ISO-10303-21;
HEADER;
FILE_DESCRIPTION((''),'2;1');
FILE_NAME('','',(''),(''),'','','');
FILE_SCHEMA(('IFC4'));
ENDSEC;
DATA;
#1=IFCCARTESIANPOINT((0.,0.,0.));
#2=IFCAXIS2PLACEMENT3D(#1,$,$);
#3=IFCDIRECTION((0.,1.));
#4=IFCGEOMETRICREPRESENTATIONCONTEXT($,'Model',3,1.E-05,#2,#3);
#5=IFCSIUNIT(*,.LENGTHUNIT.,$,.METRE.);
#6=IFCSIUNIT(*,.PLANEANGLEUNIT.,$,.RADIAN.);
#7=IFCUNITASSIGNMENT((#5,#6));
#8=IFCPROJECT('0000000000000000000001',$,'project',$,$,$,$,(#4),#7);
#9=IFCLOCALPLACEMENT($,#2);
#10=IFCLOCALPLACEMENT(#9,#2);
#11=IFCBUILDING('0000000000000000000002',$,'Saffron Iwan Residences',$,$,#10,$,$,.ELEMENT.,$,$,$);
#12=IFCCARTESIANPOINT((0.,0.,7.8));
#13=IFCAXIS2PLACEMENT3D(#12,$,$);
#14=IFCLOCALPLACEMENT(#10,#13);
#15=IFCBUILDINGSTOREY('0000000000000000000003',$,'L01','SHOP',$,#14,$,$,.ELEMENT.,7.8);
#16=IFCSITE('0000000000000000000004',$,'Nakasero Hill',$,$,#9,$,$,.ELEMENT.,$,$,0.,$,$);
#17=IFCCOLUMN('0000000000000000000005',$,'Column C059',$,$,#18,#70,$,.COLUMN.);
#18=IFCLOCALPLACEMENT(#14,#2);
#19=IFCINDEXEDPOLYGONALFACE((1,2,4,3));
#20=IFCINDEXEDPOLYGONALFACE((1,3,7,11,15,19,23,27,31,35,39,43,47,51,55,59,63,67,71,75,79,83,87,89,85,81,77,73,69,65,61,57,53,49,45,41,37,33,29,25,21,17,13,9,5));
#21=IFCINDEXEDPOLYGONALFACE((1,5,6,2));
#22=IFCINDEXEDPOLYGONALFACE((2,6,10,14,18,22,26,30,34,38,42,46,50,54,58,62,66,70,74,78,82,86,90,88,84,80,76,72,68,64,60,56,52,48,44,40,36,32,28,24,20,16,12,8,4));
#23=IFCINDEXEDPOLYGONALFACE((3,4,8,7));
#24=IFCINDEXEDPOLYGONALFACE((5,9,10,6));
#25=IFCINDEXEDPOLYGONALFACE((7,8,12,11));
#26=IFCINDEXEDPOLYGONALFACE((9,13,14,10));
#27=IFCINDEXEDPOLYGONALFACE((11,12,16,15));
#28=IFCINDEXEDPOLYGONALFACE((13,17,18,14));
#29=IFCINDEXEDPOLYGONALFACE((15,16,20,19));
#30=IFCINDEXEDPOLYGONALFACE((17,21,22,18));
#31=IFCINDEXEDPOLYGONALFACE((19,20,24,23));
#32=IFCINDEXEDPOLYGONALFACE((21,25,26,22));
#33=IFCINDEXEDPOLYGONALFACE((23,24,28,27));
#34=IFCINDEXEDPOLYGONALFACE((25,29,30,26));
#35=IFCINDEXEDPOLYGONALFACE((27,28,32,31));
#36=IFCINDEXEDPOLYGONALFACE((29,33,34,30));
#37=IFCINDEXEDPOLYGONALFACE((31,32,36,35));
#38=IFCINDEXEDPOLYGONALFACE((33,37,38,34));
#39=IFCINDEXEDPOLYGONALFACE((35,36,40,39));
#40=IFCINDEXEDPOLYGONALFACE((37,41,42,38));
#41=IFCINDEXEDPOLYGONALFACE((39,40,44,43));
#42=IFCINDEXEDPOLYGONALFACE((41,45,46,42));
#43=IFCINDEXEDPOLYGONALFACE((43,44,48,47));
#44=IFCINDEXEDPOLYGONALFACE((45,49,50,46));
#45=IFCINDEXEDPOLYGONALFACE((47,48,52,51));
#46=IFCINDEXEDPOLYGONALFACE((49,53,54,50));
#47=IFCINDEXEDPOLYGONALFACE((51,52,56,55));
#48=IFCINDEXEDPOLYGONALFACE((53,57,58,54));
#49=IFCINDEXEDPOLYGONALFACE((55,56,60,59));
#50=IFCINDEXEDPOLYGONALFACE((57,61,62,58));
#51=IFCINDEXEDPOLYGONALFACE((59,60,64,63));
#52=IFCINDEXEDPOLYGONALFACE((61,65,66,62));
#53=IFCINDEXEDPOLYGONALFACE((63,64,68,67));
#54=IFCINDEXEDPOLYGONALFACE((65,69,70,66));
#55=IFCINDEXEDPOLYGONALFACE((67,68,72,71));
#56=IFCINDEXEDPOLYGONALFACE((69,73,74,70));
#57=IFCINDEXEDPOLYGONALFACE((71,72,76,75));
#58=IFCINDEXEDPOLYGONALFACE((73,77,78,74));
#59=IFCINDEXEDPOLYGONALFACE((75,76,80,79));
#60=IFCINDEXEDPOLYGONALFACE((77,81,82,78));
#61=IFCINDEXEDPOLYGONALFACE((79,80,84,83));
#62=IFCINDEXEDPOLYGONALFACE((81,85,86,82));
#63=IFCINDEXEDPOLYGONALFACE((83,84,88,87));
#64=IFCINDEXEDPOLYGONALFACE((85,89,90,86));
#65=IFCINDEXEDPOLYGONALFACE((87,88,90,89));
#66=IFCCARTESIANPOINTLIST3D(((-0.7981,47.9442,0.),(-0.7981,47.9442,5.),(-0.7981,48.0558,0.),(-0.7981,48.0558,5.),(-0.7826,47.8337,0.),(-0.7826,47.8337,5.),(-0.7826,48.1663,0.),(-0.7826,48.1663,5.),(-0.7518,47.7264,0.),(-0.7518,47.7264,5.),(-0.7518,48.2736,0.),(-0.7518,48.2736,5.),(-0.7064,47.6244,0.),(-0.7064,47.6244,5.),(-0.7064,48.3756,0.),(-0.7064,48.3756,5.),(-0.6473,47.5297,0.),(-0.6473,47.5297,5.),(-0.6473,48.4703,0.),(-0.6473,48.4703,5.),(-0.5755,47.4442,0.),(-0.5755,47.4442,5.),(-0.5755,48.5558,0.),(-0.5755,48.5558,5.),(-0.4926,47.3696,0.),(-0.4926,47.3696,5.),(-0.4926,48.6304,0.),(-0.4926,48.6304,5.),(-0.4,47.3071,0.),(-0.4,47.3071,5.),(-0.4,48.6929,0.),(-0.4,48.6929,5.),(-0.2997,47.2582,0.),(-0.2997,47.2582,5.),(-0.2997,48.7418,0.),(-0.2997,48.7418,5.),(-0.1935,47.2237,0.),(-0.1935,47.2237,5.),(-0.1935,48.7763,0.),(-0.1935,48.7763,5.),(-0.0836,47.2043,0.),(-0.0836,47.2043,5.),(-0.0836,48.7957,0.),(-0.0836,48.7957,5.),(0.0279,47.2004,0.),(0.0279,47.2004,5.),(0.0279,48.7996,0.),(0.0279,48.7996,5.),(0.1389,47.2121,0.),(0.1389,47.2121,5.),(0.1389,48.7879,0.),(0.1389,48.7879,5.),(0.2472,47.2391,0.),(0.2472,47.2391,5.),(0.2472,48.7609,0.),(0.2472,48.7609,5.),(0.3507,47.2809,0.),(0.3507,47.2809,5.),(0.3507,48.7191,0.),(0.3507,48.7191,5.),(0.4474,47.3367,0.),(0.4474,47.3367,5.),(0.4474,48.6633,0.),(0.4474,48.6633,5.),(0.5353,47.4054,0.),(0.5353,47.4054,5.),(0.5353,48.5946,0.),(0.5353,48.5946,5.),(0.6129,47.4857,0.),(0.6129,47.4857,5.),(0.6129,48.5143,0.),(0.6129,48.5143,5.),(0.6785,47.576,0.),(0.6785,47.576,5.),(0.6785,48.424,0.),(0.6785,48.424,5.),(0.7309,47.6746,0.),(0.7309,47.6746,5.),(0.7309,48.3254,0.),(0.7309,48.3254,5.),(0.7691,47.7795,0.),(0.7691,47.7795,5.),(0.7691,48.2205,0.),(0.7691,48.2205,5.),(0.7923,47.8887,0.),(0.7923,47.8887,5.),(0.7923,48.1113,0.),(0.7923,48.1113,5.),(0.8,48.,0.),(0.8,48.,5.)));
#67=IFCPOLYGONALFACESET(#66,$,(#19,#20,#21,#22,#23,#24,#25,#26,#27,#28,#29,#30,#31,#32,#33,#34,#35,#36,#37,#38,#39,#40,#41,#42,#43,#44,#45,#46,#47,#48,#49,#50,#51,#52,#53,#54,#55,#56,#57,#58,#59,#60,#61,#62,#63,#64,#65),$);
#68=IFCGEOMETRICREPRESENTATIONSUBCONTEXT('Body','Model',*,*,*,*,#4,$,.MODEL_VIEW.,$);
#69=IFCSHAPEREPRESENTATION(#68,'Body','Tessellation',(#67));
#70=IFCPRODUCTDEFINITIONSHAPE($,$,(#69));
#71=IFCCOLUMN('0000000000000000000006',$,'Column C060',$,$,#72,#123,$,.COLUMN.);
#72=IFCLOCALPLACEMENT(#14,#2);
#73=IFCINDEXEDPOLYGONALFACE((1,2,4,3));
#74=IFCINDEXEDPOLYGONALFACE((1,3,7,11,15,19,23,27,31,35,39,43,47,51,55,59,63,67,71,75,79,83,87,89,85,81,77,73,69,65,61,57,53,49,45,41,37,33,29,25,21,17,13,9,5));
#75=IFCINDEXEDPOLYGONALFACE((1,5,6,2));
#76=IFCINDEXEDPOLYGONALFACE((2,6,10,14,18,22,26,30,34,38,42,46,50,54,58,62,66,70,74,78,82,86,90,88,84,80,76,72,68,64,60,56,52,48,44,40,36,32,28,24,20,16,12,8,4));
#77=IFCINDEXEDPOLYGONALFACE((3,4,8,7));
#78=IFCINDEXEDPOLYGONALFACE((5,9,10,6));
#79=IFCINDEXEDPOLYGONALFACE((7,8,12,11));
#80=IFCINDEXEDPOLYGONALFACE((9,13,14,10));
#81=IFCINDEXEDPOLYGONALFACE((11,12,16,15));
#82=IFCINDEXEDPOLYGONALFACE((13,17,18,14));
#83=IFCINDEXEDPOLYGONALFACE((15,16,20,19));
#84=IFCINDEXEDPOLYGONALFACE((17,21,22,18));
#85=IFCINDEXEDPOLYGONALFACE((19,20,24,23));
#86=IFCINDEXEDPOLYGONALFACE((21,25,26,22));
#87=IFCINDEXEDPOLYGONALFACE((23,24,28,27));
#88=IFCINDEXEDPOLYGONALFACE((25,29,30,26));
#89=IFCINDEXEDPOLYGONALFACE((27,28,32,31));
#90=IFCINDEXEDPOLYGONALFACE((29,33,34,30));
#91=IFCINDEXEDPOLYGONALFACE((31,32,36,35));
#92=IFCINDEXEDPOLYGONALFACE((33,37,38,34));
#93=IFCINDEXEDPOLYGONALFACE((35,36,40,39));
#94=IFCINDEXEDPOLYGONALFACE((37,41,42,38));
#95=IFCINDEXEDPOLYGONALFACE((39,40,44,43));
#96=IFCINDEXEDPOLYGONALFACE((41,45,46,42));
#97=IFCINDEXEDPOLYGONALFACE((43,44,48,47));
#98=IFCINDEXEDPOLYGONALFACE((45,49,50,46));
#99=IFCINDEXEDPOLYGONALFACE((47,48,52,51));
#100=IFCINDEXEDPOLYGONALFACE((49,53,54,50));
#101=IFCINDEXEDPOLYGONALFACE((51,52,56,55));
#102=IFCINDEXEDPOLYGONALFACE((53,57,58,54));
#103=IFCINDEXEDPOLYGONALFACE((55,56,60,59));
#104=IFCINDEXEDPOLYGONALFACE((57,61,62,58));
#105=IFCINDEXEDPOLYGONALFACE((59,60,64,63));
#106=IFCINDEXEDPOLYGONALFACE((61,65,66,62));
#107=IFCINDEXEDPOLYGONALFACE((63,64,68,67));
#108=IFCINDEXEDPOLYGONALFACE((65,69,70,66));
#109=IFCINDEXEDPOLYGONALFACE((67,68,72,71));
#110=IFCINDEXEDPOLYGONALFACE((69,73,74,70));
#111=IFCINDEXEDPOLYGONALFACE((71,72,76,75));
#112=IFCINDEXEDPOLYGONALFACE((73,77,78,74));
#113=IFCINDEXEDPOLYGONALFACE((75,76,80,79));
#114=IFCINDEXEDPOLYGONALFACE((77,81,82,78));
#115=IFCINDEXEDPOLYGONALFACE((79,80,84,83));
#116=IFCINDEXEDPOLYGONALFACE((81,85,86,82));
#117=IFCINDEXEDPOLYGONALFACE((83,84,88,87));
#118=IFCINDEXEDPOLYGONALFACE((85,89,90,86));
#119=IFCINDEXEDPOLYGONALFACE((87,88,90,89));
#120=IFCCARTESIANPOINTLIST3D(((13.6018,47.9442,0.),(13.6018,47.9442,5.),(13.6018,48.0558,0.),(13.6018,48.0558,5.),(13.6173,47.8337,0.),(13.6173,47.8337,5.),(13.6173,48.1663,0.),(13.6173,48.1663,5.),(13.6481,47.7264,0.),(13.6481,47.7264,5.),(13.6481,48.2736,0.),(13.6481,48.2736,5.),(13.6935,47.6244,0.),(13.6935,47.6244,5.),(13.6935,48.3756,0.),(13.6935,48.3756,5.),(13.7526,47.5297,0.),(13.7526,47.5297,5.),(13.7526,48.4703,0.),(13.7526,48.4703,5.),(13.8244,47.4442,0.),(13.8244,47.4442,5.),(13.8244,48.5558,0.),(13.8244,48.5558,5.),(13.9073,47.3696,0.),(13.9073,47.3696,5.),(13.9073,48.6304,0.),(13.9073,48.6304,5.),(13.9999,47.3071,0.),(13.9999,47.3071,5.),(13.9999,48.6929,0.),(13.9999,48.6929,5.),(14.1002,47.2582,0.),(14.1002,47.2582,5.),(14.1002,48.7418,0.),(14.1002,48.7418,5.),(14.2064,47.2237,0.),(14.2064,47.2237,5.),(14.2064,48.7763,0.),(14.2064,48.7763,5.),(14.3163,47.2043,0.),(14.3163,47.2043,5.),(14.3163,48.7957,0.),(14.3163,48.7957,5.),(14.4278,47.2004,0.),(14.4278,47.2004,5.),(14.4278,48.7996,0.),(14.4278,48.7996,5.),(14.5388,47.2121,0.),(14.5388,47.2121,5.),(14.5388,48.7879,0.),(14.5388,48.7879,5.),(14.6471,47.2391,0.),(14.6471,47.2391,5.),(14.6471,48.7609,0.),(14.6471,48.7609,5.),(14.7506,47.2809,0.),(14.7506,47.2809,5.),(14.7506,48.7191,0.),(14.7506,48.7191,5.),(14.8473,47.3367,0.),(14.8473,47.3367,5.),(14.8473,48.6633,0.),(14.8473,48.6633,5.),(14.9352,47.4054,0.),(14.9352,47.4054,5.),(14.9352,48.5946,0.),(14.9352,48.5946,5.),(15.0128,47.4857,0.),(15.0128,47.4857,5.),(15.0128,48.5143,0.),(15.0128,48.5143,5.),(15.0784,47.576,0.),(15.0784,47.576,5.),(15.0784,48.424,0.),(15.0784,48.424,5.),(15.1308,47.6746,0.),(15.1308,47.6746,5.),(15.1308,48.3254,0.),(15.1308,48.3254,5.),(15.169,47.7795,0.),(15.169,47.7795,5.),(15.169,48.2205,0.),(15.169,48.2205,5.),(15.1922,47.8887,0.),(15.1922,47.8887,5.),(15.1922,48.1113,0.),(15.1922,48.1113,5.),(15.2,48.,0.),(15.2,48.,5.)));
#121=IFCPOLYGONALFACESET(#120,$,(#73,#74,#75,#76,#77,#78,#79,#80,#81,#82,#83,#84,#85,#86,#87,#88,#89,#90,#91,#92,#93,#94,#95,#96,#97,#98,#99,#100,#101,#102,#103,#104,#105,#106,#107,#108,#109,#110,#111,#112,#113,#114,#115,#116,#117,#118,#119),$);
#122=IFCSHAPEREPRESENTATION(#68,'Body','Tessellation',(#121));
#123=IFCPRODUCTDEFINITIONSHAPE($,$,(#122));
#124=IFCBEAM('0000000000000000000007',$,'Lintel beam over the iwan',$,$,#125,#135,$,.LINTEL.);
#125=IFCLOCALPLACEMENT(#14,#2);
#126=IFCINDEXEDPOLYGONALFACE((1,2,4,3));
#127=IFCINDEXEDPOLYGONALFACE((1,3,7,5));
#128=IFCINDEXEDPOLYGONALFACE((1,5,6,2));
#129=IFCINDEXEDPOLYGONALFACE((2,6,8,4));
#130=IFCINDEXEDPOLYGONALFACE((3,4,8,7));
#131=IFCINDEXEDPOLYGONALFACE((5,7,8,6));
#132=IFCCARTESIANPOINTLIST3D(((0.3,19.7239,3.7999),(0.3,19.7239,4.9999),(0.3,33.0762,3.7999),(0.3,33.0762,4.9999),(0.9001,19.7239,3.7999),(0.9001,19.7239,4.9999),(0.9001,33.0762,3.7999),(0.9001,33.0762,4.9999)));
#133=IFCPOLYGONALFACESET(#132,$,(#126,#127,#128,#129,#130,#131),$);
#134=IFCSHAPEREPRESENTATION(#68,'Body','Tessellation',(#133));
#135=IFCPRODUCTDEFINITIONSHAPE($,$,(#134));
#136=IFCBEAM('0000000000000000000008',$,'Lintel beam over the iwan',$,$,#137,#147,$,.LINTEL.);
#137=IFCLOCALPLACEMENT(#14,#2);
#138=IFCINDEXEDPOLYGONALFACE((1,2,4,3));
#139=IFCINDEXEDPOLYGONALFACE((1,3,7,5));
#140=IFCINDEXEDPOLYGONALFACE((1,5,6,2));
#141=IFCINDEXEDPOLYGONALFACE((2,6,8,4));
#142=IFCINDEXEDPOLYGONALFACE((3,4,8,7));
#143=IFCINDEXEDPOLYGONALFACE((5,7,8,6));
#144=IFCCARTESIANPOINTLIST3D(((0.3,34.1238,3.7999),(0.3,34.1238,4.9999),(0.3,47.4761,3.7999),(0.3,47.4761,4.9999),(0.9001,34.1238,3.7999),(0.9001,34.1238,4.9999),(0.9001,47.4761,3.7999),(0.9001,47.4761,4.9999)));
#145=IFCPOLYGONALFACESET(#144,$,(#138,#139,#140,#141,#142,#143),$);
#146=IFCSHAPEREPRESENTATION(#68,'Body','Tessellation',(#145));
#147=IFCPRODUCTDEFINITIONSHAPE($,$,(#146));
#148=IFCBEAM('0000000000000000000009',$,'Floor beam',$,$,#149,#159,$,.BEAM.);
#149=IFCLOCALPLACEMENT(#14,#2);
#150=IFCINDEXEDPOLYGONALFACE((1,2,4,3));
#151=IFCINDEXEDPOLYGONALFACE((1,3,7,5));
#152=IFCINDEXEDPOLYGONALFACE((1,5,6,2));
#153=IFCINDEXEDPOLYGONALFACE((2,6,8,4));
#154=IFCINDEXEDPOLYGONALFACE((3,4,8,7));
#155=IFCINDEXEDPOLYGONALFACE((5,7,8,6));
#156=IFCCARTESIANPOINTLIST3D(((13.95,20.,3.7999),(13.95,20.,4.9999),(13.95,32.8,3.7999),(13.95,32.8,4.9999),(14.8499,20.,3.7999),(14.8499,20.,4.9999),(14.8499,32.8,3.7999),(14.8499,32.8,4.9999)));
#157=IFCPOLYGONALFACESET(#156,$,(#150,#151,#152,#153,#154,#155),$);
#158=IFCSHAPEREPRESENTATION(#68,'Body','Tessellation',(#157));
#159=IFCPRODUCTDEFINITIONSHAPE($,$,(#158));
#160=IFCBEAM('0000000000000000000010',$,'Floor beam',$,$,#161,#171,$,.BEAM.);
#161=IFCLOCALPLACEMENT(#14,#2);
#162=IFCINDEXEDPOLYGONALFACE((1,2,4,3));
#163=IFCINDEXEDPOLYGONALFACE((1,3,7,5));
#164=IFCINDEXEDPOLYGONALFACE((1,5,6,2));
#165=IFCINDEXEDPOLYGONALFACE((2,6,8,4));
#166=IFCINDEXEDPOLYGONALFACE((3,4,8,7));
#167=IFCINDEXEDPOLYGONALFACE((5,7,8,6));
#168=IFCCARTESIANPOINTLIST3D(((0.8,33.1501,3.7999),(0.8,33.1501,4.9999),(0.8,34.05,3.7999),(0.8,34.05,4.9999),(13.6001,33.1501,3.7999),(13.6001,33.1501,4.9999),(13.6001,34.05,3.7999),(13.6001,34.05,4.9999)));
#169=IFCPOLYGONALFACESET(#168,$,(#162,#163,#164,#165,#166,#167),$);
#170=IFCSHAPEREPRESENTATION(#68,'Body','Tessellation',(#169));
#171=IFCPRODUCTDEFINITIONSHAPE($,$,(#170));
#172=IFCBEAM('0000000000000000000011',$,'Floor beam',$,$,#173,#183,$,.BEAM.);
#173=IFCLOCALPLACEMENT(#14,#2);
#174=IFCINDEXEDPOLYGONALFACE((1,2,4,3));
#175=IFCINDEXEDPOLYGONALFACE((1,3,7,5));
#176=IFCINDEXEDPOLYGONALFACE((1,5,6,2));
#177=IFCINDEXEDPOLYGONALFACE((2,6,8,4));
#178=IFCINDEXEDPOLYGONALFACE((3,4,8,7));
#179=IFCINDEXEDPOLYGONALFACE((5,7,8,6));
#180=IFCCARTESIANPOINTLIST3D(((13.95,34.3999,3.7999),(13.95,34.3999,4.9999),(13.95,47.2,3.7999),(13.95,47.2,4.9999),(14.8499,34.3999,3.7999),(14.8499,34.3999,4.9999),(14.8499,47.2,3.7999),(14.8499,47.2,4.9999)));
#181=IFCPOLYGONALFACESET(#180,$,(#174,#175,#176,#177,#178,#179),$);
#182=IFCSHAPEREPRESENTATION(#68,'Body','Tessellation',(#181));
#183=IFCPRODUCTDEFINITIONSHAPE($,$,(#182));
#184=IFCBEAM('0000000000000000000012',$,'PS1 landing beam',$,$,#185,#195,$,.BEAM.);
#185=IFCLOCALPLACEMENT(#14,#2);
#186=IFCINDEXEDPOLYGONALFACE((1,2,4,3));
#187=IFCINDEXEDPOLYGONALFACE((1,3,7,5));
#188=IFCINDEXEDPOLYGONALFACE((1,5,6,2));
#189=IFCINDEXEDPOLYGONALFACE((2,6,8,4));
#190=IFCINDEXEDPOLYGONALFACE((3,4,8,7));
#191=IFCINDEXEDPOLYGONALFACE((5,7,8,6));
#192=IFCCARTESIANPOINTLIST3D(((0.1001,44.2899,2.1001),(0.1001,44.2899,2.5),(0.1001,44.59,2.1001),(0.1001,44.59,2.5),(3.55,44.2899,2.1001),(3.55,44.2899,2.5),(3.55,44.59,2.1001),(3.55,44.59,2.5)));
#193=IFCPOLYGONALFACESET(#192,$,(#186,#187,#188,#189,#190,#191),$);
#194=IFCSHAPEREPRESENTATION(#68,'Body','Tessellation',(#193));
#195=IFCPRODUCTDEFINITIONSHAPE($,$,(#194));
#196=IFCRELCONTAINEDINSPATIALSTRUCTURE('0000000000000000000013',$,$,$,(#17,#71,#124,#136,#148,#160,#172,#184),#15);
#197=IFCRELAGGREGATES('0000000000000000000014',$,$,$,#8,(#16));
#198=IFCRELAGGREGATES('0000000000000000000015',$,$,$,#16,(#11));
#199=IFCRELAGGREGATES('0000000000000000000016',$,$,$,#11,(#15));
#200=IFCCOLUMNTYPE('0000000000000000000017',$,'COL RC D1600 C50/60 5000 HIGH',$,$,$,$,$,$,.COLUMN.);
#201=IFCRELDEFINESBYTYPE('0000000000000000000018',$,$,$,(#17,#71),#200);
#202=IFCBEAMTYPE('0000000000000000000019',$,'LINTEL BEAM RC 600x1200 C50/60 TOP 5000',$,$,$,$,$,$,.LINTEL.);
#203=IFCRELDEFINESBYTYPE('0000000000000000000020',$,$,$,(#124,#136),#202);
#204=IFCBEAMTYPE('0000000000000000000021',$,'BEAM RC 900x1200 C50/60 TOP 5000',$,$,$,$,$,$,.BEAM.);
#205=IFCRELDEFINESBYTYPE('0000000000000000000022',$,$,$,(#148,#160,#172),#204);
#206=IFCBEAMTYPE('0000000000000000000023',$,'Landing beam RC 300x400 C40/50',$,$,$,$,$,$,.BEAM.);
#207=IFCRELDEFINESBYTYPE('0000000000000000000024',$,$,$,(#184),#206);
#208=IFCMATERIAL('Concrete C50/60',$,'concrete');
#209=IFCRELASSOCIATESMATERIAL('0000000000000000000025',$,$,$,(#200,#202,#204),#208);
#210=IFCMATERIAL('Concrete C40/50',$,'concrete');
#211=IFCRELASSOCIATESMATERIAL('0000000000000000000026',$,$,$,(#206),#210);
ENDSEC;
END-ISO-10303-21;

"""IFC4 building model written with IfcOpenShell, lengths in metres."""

from ifc_helpers import new_model, si_unit, direction, frame, origin, origin_2d, place, context, subcontext, project, spatial, rectangle, circle, extrude, source, transform, mapped, material, material_profile, profile_set, type_object, element, save


model = new_model("IFC4")

# Units and contexts
model_context = context("Model", 3, precision=1e-05, world=origin(), true_north=direction((0.0, 1.0)))
body_context = subcontext(model_context, "Body", "Model", "MODEL_VIEW")
ifc_project = project(units=[si_unit("LENGTHUNIT", "METRE"), si_unit("PLANEANGLEUNIT", "RADIAN")], contexts=[model_context])

# Site, building, storey
site_placement = place(None, origin())
site = spatial("IfcSite", under=ifc_project, at=site_placement, Name="Nakasero Hill", CompositionType="ELEMENT", RefElevation=0.0)
building_placement = place(site_placement, origin())
building = spatial("IfcBuilding", under=site, at=building_placement, Name="Saffron Iwan Residences", CompositionType="ELEMENT")
storey_placement = place(building_placement, frame((0.0, 0.0, 7.8)))
storey = spatial("IfcBuildingStorey", under=building, at=storey_placement, Name="L01", Description="SHOP", CompositionType="ELEMENT", Elevation=7.8)

# Columns
ifc_material_1 = material(Name="Concrete C50/60", Category="concrete")
ifc_material_profile_1 = material_profile(ifc_material_1, circle(Radius=0.8, at=origin_2d()), Name="RC D1600")
ifc_profile_set_1 = profile_set([ifc_material_profile_1], Name="Concrete C50/60")
column_type = type_object("IfcColumnType", Name="COL RC D1600 C50/60 5000 HIGH", PredefinedType="COLUMN", material=ifc_profile_set_1)
shared_shape_1 = source(origin(), body_context, "Body", "SweptSolid", [
    extrude(circle(Radius=0.8, at=origin_2d()), origin(), (0.0, 0.0, 1.0), 5.0),
])
for number, where, z_axis, x_axis, name in (
    (1, (0.0, 48.0, 0.0), (0.0, 0.0, 1.0), (1.0, 0.0, 0.0), "Column C059"),
    (2, (14.3999, 48.0, 0.0), (0.0, 0.0, 1.0), (1.0, 0.0, 0.0), "Column C060"),
):
    element("IfcColumn", number, at=place(storey_placement, frame(where, z_axis=z_axis, x_axis=x_axis)), inside=storey, type_object=column_type, Name=name, PredefinedType="COLUMN", context=body_context, shape_type="MappedRepresentation", body=[
        mapped(shared_shape_1, transform((0.0, 0.0, 0.0))),
    ])

# Beams
ifc_material_profile_2 = material_profile(ifc_material_1, rectangle(XDim=0.6001, YDim=1.2, at=origin_2d()), Name="RC 600x1200")
ifc_profile_set_2 = profile_set([ifc_material_profile_2], Name="Concrete C50/60")
beam_type_1 = type_object("IfcBeamType", Name="LINTEL BEAM RC 600x1200 C50/60 TOP 5000", PredefinedType="LINTEL", material=ifc_profile_set_2)
shared_shape_2 = source(origin(), body_context, "Body", "SweptSolid", [
    extrude(rectangle(XDim=0.6001, YDim=1.2, at=origin_2d()), origin(), (0.0, 0.0, 1.0), 13.3523),
])
for number, where, z_axis, x_axis, name in (
    (3, (0.6001, 19.7239, 4.3999), (0.0, 1.0, 0.0), (-1.0, 0.0, 0.0), "Lintel beam over the iwan"),
    (4, (0.6001, 34.1238, 4.3999), (0.0, 1.0, 0.0), (-1.0, 0.0, 0.0), "Lintel beam over the iwan"),
):
    element("IfcBeam", number, at=place(storey_placement, frame(where, z_axis=z_axis, x_axis=x_axis)), inside=storey, type_object=beam_type_1, Name=name, PredefinedType="LINTEL", context=body_context, shape_type="MappedRepresentation", body=[
        mapped(shared_shape_2, transform((0.0, 0.0, 0.0))),
    ])
ifc_material_profile_3 = material_profile(ifc_material_1, rectangle(XDim=0.8999, YDim=1.2, at=origin_2d()), Name="RC 900x1200")
ifc_profile_set_3 = profile_set([ifc_material_profile_3], Name="Concrete C50/60")
beam_type_2 = type_object("IfcBeamType", Name="BEAM RC 900x1200 C50/60 TOP 5000", PredefinedType="BEAM", material=ifc_profile_set_3)
shared_shape_3 = source(origin(), body_context, "Body", "SweptSolid", [
    extrude(rectangle(XDim=0.8999, YDim=1.2, at=origin_2d()), origin(), (0.0, 0.0, 1.0), 12.8),
])
for number, where, z_axis, x_axis, name in (
    (5, (14.3999, 20.0, 4.3999), (0.0, 1.0, 0.0), (-1.0, 0.0, 0.0), "Floor beam"),
    (6, (0.8, 33.6001, 4.3999), (1.0, 0.0, 0.0), (0.0, 1.0, 0.0), "Floor beam"),
    (7, (14.3999, 34.3999, 4.3999), (0.0, 1.0, 0.0), (-1.0, 0.0, 0.0), "Floor beam"),
):
    element("IfcBeam", number, at=place(storey_placement, frame(where, z_axis=z_axis, x_axis=x_axis)), inside=storey, type_object=beam_type_2, Name=name, PredefinedType="BEAM", context=body_context, shape_type="MappedRepresentation", body=[
        mapped(shared_shape_3, transform((0.0, 0.0, 0.0))),
    ])
ifc_material_2 = material(Name="Concrete C40/50", Category="concrete")
ifc_material_profile_4 = material_profile(ifc_material_2, rectangle(XDim=0.3, YDim=0.3999, at=origin_2d()), Name="Landing beam RC 300x400 C40/50")
ifc_profile_set_4 = profile_set([ifc_material_profile_4], Name="Concrete C40/50")
beam_type_3 = type_object("IfcBeamType", Name="Landing beam RC 300x400 C40/50", PredefinedType="BEAM", material=ifc_profile_set_4)
shared_shape_4 = source(origin(), body_context, "Body", "SweptSolid", [
    extrude(rectangle(XDim=0.3, YDim=0.3999, at=origin_2d()), origin(), (0.0, 0.0, 1.0), 3.45),
])
beam_placement = place(storey_placement, frame((0.1001, 44.4399, 2.3), z_axis=(1.0, 0.0, 0.0), x_axis=(0.0, 1.0, 0.0)))
element("IfcBeam", 8, at=beam_placement, inside=storey, type_object=beam_type_3, Name="PS1 landing beam", PredefinedType="BEAM", context=body_context, shape_type="MappedRepresentation", body=[
    mapped(shared_shape_4, transform((0.0, 0.0, 0.0))),
])

save(model, "model.ifc")
